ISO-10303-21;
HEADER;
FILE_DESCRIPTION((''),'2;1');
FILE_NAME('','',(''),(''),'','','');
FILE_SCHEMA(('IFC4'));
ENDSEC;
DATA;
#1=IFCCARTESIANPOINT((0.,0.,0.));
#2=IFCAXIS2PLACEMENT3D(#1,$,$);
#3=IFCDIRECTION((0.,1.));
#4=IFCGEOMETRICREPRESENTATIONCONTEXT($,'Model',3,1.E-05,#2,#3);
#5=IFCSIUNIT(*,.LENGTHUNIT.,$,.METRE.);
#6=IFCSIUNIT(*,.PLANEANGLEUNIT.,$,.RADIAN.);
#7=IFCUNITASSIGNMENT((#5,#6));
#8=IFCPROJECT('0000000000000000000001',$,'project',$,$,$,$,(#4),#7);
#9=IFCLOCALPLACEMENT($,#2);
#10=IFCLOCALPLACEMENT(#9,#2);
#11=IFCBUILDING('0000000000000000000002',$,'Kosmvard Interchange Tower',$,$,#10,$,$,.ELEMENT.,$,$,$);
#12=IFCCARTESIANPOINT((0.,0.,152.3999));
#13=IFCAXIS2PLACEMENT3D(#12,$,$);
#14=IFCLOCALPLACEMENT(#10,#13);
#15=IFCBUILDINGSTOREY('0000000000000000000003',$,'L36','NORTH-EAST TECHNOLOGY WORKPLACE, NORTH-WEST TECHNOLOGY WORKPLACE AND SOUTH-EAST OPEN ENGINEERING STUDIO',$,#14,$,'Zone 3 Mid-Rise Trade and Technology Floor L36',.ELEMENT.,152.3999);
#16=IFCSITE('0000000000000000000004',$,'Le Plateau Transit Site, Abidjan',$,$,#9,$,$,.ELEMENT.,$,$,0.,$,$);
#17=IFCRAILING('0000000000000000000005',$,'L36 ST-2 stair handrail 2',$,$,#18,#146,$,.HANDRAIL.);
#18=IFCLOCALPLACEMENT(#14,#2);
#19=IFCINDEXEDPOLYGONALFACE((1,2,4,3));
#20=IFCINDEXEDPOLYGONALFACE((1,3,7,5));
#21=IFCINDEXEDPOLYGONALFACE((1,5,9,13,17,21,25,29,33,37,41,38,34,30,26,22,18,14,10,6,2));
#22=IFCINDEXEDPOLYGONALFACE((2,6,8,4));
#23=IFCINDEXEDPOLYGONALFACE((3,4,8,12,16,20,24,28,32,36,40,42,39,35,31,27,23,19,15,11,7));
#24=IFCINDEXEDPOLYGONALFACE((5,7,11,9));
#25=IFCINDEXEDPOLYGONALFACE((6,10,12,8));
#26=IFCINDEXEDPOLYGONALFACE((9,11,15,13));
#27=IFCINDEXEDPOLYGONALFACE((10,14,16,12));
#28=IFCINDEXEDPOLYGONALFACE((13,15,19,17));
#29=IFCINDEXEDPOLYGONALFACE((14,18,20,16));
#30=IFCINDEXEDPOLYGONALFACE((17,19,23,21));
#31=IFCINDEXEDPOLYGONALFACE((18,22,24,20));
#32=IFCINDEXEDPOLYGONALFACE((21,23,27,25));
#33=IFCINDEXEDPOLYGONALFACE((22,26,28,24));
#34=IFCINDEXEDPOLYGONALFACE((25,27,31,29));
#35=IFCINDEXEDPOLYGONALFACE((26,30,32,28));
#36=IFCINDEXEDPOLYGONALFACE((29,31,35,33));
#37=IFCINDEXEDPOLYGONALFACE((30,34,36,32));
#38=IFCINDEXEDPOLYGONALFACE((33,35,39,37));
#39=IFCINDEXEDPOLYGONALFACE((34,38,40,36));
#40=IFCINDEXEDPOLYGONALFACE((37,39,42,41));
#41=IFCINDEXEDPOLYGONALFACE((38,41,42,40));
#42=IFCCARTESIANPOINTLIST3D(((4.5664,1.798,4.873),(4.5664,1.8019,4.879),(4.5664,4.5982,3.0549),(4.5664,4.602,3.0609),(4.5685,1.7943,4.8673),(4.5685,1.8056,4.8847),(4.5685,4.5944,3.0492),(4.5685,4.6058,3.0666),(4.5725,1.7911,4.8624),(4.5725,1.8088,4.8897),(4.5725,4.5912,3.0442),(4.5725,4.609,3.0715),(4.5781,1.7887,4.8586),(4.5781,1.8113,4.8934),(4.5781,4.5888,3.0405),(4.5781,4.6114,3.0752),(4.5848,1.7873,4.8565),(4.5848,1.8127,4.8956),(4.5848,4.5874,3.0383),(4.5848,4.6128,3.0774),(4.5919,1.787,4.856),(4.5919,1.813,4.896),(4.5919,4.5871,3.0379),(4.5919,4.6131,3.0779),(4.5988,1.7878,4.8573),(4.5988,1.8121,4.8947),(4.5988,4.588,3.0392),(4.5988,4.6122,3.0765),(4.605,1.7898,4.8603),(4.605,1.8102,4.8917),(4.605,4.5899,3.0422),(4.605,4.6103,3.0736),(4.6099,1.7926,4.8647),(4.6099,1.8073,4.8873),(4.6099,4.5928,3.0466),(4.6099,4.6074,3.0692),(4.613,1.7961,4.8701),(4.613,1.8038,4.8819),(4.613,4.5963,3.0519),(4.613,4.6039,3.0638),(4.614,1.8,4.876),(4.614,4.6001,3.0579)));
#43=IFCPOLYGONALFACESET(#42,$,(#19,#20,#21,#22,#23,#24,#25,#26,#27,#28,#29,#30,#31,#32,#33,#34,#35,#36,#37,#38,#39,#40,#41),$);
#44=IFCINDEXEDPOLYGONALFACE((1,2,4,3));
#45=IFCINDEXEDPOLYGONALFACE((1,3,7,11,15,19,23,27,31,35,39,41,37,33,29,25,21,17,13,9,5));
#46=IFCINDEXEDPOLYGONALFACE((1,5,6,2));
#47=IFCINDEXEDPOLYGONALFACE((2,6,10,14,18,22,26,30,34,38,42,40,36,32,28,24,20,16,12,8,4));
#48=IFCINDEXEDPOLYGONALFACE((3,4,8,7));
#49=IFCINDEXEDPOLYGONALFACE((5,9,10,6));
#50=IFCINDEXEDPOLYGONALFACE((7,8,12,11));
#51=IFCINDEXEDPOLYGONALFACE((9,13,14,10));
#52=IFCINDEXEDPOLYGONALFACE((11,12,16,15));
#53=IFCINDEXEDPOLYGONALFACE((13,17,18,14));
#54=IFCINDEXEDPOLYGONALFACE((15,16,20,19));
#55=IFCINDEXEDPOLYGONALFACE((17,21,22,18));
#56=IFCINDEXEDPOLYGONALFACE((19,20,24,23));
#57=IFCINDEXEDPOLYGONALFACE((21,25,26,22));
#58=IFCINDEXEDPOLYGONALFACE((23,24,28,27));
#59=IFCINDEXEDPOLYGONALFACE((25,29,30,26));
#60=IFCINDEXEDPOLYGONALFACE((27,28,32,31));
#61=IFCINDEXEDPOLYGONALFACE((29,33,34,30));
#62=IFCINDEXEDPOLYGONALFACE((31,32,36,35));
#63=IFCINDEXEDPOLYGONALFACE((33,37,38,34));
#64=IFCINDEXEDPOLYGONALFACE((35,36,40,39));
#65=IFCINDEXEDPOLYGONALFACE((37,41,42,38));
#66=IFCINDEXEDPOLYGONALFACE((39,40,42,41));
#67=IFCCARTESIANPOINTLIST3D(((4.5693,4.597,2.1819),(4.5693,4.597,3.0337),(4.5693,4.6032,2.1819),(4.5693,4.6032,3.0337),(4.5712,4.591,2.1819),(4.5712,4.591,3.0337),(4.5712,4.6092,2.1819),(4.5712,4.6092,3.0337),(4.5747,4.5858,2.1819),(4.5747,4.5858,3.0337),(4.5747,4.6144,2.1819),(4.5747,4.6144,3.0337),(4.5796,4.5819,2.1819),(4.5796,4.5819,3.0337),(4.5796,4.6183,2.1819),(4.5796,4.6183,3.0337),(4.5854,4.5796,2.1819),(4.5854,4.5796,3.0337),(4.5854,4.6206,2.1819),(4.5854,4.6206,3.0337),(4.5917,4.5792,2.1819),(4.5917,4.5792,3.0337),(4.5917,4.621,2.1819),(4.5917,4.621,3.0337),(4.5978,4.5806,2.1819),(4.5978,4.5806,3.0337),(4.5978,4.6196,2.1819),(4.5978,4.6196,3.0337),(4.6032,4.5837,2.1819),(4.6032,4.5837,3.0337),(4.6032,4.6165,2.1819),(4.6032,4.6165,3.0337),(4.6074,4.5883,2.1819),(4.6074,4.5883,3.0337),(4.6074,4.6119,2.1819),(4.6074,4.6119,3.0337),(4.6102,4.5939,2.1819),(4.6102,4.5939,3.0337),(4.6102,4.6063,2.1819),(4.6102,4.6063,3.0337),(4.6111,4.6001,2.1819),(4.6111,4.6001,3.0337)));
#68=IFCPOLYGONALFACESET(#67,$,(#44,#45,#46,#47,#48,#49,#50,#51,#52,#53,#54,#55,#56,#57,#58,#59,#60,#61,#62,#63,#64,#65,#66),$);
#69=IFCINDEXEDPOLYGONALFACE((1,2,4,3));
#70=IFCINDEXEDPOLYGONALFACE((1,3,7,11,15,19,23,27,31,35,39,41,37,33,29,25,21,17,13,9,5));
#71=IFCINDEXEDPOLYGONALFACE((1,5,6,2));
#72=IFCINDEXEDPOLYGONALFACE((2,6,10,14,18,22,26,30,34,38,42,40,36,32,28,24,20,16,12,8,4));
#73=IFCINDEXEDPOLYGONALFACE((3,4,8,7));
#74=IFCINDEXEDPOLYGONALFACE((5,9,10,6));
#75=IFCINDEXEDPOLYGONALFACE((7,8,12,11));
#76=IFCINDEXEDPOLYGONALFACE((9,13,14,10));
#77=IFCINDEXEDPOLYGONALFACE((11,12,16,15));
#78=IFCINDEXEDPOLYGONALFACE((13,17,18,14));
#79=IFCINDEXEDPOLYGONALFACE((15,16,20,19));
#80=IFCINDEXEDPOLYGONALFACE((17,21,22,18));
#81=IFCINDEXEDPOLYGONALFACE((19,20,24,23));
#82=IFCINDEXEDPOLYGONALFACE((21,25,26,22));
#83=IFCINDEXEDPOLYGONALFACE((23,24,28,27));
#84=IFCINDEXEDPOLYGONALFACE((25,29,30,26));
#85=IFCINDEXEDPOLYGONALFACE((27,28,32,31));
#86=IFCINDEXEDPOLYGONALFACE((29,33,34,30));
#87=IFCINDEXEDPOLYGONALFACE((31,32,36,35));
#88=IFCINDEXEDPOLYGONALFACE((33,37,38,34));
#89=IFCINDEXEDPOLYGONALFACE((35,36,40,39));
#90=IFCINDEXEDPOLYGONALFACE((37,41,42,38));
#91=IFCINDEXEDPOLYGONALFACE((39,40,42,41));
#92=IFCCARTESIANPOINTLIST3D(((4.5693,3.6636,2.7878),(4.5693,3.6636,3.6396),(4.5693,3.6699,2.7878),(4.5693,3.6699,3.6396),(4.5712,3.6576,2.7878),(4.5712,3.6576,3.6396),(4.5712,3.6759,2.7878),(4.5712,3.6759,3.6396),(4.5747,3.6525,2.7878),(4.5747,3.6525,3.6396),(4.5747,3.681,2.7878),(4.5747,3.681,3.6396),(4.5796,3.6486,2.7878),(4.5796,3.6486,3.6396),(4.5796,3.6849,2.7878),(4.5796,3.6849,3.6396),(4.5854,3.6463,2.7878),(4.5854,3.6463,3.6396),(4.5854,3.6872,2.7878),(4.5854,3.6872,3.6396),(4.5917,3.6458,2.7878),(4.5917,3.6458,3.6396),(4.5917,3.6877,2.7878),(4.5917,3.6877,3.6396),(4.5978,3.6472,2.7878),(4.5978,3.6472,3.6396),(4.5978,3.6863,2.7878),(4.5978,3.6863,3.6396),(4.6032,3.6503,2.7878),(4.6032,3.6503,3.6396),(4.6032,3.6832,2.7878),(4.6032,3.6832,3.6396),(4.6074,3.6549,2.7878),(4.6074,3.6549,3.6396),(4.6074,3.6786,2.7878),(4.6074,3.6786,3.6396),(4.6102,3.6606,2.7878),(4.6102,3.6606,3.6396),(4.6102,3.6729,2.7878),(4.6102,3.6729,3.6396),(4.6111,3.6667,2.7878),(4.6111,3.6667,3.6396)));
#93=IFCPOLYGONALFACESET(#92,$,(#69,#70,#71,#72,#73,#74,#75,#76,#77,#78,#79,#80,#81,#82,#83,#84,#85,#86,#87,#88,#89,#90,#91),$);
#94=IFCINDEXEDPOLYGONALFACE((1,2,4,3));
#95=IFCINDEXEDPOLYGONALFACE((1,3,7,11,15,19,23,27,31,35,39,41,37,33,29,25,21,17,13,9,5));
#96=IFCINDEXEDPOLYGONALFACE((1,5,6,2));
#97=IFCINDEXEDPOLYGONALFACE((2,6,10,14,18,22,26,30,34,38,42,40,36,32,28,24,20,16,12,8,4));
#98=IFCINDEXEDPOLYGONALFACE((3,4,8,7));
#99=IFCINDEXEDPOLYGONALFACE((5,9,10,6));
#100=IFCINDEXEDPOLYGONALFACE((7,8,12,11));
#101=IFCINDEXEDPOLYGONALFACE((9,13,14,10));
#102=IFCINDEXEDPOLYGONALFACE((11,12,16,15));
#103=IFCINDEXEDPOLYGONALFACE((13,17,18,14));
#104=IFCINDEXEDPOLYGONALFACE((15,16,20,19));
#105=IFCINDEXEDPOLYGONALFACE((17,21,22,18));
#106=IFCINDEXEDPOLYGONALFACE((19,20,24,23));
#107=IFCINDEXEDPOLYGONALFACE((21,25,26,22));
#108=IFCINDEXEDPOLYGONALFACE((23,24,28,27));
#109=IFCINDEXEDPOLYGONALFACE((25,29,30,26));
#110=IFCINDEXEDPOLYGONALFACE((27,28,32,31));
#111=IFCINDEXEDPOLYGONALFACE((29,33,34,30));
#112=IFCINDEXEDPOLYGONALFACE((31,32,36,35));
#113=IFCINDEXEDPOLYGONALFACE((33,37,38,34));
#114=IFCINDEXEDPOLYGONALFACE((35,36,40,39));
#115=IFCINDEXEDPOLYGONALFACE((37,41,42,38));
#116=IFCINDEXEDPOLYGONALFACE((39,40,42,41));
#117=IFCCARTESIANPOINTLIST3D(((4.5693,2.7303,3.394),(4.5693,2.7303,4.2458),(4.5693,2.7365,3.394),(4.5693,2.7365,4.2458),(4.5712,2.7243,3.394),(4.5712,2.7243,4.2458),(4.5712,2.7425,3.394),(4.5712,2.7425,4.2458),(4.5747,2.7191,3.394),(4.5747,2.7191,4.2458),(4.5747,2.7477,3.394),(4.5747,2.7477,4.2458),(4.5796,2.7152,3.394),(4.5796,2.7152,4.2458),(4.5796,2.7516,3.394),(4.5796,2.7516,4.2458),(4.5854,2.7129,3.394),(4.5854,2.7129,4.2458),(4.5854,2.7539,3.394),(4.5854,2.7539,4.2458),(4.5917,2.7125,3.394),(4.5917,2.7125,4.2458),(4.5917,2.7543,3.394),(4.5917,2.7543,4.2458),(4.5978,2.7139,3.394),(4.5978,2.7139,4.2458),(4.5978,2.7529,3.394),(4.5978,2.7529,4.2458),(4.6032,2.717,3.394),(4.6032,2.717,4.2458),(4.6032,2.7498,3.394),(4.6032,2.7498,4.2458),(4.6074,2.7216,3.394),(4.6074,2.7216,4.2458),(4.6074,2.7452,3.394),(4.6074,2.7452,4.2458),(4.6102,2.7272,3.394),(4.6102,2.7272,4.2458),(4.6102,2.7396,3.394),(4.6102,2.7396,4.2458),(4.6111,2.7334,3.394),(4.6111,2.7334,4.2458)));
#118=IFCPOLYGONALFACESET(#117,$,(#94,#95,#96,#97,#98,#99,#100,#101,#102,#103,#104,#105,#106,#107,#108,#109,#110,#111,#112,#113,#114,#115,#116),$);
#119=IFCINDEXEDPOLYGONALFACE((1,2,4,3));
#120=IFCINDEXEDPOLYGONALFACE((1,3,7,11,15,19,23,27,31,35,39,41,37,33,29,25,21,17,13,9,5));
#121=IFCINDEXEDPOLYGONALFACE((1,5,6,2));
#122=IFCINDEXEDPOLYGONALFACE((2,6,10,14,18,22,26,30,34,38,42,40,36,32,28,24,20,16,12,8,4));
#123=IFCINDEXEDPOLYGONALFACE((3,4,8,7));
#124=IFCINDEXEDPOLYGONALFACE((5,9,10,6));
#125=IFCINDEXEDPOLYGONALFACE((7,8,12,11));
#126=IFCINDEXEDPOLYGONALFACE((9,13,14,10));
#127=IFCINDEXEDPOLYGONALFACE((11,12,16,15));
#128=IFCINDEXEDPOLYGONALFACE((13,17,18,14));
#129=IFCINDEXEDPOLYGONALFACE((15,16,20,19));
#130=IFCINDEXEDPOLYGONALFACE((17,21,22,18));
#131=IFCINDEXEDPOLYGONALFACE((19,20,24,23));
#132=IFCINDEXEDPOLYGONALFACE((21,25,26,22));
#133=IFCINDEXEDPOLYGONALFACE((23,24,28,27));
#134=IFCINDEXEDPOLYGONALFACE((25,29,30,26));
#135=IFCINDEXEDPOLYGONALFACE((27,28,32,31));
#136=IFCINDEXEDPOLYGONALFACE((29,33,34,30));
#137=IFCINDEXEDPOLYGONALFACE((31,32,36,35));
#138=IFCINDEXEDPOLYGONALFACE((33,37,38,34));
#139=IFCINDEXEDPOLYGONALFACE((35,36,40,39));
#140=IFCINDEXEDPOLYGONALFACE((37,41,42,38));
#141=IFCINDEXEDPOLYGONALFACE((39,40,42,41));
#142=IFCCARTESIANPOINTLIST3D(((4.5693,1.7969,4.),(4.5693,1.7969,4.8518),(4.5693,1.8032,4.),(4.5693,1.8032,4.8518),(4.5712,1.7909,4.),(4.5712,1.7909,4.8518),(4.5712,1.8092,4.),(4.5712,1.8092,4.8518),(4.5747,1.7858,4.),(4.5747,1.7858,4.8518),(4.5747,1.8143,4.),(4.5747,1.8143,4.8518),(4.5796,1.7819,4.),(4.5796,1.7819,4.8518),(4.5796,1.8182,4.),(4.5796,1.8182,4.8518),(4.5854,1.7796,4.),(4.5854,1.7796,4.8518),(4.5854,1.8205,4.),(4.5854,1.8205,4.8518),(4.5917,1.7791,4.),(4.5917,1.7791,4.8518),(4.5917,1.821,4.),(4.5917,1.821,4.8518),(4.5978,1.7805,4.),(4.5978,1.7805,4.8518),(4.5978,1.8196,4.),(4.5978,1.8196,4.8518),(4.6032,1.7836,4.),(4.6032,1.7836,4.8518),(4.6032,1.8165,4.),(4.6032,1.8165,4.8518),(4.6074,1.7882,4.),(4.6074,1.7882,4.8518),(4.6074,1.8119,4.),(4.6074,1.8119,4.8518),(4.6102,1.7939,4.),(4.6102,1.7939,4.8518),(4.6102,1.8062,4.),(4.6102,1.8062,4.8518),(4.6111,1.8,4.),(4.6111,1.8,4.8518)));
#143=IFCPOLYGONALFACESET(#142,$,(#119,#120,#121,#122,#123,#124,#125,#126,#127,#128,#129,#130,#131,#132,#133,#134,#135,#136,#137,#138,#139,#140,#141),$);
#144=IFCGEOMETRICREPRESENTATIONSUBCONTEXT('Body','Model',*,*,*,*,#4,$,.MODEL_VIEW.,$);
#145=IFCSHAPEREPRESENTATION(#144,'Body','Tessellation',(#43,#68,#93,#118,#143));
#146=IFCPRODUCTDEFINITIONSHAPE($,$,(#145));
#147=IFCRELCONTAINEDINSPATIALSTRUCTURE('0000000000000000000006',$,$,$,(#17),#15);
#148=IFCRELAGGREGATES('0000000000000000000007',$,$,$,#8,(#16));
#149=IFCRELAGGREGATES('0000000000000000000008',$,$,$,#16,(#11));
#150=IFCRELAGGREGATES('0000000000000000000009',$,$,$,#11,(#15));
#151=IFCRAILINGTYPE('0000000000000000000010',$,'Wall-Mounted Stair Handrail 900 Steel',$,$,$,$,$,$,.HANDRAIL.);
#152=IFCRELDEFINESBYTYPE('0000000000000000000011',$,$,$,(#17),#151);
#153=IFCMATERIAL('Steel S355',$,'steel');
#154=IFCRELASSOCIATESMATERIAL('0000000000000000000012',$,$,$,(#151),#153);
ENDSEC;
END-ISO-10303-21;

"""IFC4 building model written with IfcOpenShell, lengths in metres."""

from ifc_helpers import new_model, si_unit, direction, frame, origin, origin_2d, place, context, subcontext, project, spatial, circle, extrude, source, transform, mapped, material, type_object, element, save


model = new_model("IFC4")

# Units and contexts
model_context = context("Model", 3, precision=1e-05, world=origin(), true_north=direction((0.0, 1.0)))
body_context = subcontext(model_context, "Body", "Model", "MODEL_VIEW")
ifc_project = project(units=[si_unit("LENGTHUNIT", "METRE"), si_unit("PLANEANGLEUNIT", "RADIAN")], contexts=[model_context])

# Site, building, storey
site_placement = place(None, origin())
site = spatial("IfcSite", under=ifc_project, at=site_placement, Name="Le Plateau Transit Site, Abidjan", CompositionType="ELEMENT", RefElevation=0.0)
building_placement = place(site_placement, origin())
building = spatial("IfcBuilding", under=site, at=building_placement, Name="Kosmvard Interchange Tower", CompositionType="ELEMENT")
storey_placement = place(building_placement, frame((0.0, 0.0, 152.3999)))
storey = spatial("IfcBuildingStorey", under=building, at=storey_placement, Name="L36", Description="NORTH-EAST TECHNOLOGY WORKPLACE, NORTH-WEST TECHNOLOGY WORKPLACE AND SOUTH-EAST OPEN ENGINEERING STUDIO", LongName="Zone 3 Mid-Rise Trade and Technology Floor L36", CompositionType="ELEMENT", Elevation=152.3999)

# Shared definitions
ifc_material_1 = material(Name="Steel S355", Category="steel")

# Railing
railing_type_1 = type_object("IfcRailingType", Name="Wall-Mounted Stair Handrail 900 Steel", PredefinedType="HANDRAIL", material=ifc_material_1)
shared_shape_1 = source(origin(), body_context, "Body", "SweptSolid", [
    extrude(circle(Radius=0.0239, at=origin_2d()), frame((0.0, 0.0, 0.876), z_axis=(0.0, -0.838706, 0.544585), x_axis=(1.0, 0.0, 0.0)), (0.0, 0.0, 1.0), 3.3386),
    extrude(circle(Radius=0.021, at=origin_2d()), origin(), (0.0, 0.0, 1.0), 0.8518),
    extrude(circle(Radius=0.021, at=origin_2d()), frame((0.0, -0.9333, 0.606)), (0.0, 0.0, 1.0), 0.8518),
    extrude(circle(Radius=0.021, at=origin_2d()), frame((0.0, -1.8667, 1.2122)), (0.0, 0.0, 1.0), 0.8518),
    extrude(circle(Radius=0.021, at=origin_2d()), frame((0.0, -2.8, 1.8181)), (0.0, 0.0, 1.0), 0.8518),
])
railing_1_placement = place(storey_placement, frame((4.5901, 4.6001, 2.1819)))
element("IfcRailing", 1, at=railing_1_placement, inside=storey, type_object=railing_type_1, Name="L36 ST-2 stair handrail 2", PredefinedType="HANDRAIL", context=body_context, shape_type="MappedRepresentation", body=[
    mapped(shared_shape_1, transform((0.0, 0.0, 0.0), scale=1.0)),
])

save(model, "model.ifc")
